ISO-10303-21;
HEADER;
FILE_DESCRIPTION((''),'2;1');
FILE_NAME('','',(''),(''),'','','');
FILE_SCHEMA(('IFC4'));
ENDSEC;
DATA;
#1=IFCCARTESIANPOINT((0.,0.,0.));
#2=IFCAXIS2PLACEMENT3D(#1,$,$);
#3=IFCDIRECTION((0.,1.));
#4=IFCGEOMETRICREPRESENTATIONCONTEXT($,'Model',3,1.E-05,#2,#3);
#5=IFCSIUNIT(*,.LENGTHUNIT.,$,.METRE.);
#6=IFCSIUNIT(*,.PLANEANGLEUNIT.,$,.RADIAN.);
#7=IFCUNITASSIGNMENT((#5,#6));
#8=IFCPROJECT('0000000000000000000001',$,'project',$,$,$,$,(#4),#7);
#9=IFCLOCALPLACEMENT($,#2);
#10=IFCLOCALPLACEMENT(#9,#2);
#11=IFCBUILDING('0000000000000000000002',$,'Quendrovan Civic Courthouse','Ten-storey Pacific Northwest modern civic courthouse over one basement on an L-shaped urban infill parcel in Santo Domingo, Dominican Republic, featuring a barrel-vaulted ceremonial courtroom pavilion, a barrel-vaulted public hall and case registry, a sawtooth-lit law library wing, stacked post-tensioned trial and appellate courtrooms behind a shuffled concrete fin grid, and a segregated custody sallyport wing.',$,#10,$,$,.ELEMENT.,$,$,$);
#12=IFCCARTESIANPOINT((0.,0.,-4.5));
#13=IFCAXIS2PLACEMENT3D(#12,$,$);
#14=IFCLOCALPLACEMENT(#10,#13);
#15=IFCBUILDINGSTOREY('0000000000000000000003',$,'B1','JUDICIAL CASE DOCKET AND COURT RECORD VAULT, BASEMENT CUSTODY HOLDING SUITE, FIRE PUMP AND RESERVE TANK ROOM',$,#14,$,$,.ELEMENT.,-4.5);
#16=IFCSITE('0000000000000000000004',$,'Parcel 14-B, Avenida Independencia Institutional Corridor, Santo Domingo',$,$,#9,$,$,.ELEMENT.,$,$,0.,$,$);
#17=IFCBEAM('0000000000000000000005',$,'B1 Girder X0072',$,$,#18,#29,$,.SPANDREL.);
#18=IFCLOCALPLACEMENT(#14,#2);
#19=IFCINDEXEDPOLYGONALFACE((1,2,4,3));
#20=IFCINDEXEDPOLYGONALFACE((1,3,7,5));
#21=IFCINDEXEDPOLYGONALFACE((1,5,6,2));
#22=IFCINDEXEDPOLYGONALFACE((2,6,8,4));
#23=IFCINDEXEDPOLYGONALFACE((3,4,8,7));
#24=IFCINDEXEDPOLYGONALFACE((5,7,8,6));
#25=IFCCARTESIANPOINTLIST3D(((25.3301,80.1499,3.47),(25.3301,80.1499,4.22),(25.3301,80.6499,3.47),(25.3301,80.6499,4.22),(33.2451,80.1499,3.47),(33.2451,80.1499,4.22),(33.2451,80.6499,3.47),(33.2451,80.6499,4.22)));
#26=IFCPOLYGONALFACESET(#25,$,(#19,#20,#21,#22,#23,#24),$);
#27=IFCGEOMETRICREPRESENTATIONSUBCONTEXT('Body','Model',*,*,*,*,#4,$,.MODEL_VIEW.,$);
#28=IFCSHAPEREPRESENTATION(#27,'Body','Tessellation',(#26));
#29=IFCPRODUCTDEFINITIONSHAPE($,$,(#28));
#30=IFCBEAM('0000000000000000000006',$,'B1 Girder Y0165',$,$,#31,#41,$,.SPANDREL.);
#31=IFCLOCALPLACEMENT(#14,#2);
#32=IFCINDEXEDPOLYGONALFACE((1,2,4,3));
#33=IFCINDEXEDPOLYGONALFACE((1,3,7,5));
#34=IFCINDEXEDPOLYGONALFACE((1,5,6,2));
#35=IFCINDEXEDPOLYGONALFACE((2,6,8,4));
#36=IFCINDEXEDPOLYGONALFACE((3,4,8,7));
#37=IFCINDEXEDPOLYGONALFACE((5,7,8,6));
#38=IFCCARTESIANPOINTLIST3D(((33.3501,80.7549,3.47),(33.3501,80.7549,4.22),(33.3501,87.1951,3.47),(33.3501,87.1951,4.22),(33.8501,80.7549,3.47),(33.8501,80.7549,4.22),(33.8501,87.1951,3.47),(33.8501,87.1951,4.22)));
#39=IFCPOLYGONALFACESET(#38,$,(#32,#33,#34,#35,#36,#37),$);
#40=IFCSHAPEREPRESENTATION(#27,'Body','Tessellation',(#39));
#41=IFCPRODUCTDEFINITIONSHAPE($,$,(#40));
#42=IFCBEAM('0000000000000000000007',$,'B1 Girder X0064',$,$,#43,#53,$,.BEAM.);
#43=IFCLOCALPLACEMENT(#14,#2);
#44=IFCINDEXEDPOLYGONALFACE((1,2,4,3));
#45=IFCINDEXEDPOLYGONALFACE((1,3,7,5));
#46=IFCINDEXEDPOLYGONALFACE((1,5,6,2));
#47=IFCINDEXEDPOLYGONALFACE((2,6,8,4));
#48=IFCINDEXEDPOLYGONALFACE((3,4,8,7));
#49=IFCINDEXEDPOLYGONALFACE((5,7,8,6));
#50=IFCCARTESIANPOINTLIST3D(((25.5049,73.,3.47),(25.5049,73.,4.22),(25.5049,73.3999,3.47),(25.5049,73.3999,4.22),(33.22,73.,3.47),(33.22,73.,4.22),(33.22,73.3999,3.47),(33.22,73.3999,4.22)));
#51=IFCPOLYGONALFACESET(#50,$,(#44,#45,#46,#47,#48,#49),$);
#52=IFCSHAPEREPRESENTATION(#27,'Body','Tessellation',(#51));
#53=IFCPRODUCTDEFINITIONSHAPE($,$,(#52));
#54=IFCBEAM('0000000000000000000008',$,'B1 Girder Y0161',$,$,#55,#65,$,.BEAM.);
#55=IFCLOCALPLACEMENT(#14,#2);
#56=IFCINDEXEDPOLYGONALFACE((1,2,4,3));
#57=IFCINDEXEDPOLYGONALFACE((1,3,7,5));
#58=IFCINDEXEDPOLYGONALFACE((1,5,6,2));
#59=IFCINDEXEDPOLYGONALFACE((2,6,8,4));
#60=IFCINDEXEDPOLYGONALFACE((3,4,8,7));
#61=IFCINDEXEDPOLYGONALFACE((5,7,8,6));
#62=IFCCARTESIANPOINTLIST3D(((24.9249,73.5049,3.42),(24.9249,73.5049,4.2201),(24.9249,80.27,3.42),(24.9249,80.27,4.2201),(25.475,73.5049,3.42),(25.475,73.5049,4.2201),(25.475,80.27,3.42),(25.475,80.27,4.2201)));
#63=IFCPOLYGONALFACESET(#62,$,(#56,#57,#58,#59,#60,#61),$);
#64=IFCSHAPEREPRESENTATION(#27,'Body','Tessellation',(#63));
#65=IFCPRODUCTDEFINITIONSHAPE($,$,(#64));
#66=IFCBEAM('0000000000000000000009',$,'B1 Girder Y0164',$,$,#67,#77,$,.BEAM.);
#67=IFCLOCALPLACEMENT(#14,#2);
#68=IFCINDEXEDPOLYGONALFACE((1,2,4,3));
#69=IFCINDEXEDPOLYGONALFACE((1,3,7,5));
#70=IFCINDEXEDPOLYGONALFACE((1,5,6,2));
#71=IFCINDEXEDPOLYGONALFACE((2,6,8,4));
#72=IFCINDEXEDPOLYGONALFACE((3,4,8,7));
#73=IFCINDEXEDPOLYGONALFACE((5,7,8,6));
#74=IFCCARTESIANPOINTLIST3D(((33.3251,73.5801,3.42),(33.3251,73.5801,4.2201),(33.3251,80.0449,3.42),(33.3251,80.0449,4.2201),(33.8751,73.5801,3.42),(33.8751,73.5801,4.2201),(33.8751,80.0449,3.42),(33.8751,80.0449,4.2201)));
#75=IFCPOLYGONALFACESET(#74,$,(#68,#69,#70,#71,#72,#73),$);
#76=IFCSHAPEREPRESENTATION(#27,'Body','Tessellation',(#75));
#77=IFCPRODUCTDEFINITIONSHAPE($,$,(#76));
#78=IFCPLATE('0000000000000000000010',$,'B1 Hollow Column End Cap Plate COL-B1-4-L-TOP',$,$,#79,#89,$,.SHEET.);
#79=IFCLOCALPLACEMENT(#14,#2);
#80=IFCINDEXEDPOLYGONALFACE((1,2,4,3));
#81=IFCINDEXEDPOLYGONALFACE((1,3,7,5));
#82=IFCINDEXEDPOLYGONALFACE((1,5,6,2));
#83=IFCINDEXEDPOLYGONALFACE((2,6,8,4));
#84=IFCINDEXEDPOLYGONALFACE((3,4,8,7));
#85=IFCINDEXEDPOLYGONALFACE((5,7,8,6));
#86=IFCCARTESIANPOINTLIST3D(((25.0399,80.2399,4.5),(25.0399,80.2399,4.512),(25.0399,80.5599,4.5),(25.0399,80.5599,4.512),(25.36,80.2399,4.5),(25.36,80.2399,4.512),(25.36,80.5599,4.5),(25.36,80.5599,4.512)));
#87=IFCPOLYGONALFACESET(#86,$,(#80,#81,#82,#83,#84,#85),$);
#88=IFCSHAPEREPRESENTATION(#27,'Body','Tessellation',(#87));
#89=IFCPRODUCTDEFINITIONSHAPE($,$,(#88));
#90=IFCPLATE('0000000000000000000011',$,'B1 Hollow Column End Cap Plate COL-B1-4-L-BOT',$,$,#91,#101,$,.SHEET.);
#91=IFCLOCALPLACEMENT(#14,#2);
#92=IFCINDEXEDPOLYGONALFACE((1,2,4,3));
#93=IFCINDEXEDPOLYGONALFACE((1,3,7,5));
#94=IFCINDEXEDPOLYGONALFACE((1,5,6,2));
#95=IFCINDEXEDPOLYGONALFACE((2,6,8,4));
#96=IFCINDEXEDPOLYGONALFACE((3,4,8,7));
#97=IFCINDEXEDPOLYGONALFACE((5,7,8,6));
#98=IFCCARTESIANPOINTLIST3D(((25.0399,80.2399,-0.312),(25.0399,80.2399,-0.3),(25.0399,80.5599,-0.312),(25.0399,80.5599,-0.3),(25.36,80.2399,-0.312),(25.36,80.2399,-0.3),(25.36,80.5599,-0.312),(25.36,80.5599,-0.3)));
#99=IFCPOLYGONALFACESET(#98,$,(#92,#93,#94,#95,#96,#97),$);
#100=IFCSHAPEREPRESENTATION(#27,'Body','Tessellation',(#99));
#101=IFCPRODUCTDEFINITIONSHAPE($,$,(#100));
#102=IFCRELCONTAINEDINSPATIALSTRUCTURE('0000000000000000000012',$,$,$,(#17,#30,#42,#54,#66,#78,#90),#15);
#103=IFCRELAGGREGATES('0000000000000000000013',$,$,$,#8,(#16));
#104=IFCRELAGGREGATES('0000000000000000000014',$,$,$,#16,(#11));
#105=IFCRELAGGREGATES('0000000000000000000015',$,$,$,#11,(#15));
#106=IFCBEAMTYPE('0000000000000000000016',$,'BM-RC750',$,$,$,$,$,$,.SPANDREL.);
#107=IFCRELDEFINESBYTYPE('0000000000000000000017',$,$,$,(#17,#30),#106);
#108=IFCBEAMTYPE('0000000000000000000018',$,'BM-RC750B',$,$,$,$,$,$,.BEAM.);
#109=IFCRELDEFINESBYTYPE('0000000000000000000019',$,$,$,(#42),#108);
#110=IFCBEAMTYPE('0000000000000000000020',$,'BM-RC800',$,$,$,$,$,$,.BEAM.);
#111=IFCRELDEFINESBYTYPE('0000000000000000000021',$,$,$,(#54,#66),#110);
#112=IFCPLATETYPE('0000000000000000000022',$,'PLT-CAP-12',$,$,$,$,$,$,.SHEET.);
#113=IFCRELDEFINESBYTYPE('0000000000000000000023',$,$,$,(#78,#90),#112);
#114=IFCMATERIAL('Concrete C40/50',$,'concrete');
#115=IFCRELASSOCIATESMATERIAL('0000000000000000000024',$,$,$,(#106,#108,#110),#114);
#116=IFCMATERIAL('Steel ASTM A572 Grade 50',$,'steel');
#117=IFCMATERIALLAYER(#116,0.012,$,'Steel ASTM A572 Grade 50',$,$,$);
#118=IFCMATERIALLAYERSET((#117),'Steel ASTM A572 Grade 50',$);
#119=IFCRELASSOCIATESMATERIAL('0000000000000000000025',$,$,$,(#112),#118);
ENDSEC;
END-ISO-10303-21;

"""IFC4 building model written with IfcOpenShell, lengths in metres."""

from ifc_helpers import new_model, si_unit, direction, frame, origin, origin_2d, place, context, subcontext, project, spatial, rectangle, extrude, material, layer, layer_set, material_profile, profile_set, type_object, element, save


model = new_model("IFC4")

# Units and contexts
model_context = context("Model", 3, precision=1e-05, world=origin(), true_north=direction((0.0, 1.0)))
body_context = subcontext(model_context, "Body", "Model", "MODEL_VIEW")
ifc_project = project(units=[si_unit("LENGTHUNIT", "METRE"), si_unit("PLANEANGLEUNIT", "RADIAN")], contexts=[model_context])

# Site, building, storey
site_placement = place(None, origin())
site = spatial("IfcSite", under=ifc_project, at=site_placement, Name="Parcel 14-B, Avenida Independencia Institutional Corridor, Santo Domingo", CompositionType="ELEMENT", RefElevation=0.0)
building_placement = place(site_placement, origin())
building = spatial("IfcBuilding", under=site, at=building_placement, Name="Quendrovan Civic Courthouse", Description="Ten-storey Pacific Northwest modern civic courthouse over one basement on an L-shaped urban infill parcel in Santo Domingo, Dominican Republic, featuring a barrel-vaulted ceremonial courtroom pavilion, a barrel-vaulted public hall and case registry, a sawtooth-lit law library wing, stacked post-tensioned trial and appellate courtrooms behind a shuffled concrete fin grid, and a segregated custody sallyport wing.", CompositionType="ELEMENT")
storey_placement = place(building_placement, frame((0.0, 0.0, -4.5)))
storey = spatial("IfcBuildingStorey", under=building, at=storey_placement, Name="B1", Description="JUDICIAL CASE DOCKET AND COURT RECORD VAULT, BASEMENT CUSTODY HOLDING SUITE, FIRE PUMP AND RESERVE TANK ROOM", CompositionType="ELEMENT", Elevation=-4.5)

# Beams
ifc_material_1 = material(Name="Concrete C40/50", Category="concrete")
ifc_material_profile_1 = material_profile(ifc_material_1, rectangle(XDim=0.5, YDim=0.75, at=origin_2d()), Name="RC-BM-500x750")
ifc_profile_set_1 = profile_set([ifc_material_profile_1], Name="Concrete C40/50")
beam_type_1 = type_object("IfcBeamType", Name="BM-RC750", PredefinedType="SPANDREL", material=ifc_profile_set_1)
beam_1_placement = place(storey_placement, frame((25.3301, 80.3999, 3.845), z_axis=(1.0, 0.0, 0.0), x_axis=(0.0, 1.0, 0.0)))
element("IfcBeam", 1, at=beam_1_placement, inside=storey, type_object=beam_type_1, Name="B1 Girder X0072", PredefinedType="SPANDREL", context=body_context, shape_type="SweptSolid", body=[
    extrude(rectangle(XDim=0.5, YDim=0.75, at=origin_2d()), origin(), (0.0, 0.0, 1.0), 7.915),
])
beam_2_placement = place(storey_placement, frame((33.6001, 80.7549, 3.845), z_axis=(0.0, 1.0, 0.0), x_axis=(-1.0, 0.0, 0.0)))
element("IfcBeam", 2, at=beam_2_placement, inside=storey, type_object=beam_type_1, Name="B1 Girder Y0165", PredefinedType="SPANDREL", context=body_context, shape_type="SweptSolid", body=[
    extrude(rectangle(XDim=0.5, YDim=0.75, at=origin_2d()), origin(), (0.0, 0.0, 1.0), 6.4402),
])
ifc_material_profile_2 = material_profile(ifc_material_1, rectangle(XDim=0.3999, YDim=0.75, at=origin_2d()), Name="RC-BM-400x750")
ifc_profile_set_2 = profile_set([ifc_material_profile_2], Name="Concrete C40/50")
beam_type_2 = type_object("IfcBeamType", Name="BM-RC750B", PredefinedType="BEAM", material=ifc_profile_set_2)
beam_3_placement = place(storey_placement, frame((25.5049, 73.2, 3.845), z_axis=(1.0, 0.0, 0.0), x_axis=(0.0, 1.0, 0.0)))
element("IfcBeam", 3, at=beam_3_placement, inside=storey, type_object=beam_type_2, Name="B1 Girder X0064", PredefinedType="BEAM", context=body_context, shape_type="SweptSolid", body=[
    extrude(rectangle(XDim=0.3999, YDim=0.75, at=origin_2d()), origin(), (0.0, 0.0, 1.0), 7.7151),
])
ifc_material_profile_3 = material_profile(ifc_material_1, rectangle(XDim=0.55, YDim=0.8, at=origin_2d()), Name="RC-BM-550x800")
ifc_profile_set_3 = profile_set([ifc_material_profile_3], Name="Concrete C40/50")
beam_type_3 = type_object("IfcBeamType", Name="BM-RC800", PredefinedType="BEAM", material=ifc_profile_set_3)
beam_4_placement = place(storey_placement, frame((25.2, 73.5049, 3.8201), z_axis=(0.0, 1.0, 0.0), x_axis=(-1.0, 0.0, 0.0)))
element("IfcBeam", 4, at=beam_4_placement, inside=storey, type_object=beam_type_3, Name="B1 Girder Y0161", PredefinedType="BEAM", context=body_context, shape_type="SweptSolid", body=[
    extrude(rectangle(XDim=0.55, YDim=0.8, at=origin_2d()), origin(), (0.0, 0.0, 1.0), 6.7651),
])
beam_5_placement = place(storey_placement, frame((33.6001, 73.5801, 3.8201), z_axis=(0.0, 1.0, 0.0), x_axis=(-1.0, 0.0, 0.0)))
element("IfcBeam", 5, at=beam_5_placement, inside=storey, type_object=beam_type_3, Name="B1 Girder Y0164", PredefinedType="BEAM", context=body_context, shape_type="SweptSolid", body=[
    extrude(rectangle(XDim=0.55, YDim=0.8, at=origin_2d()), origin(), (0.0, 0.0, 1.0), 6.4648),
])

# Plates
ifc_material_2 = material(Name="Steel ASTM A572 Grade 50", Category="steel")
ifc_layer = layer(ifc_material_2, 0.012, Name="Steel ASTM A572 Grade 50")
ifc_layer_set = layer_set([ifc_layer], Name="Steel ASTM A572 Grade 50")
plate_type = type_object("IfcPlateType", Name="PLT-CAP-12", PredefinedType="SHEET", material=ifc_layer_set)
for number, where, z_axis, x_axis, name in (
    (6, (25.2, 80.3999, 4.5), (0.0, 0.0, 1.0), (1.0, 0.0, 0.0), "B1 Hollow Column End Cap Plate COL-B1-4-L-TOP"),
    (7, (25.2, 80.3999, -0.312), (0.0, 0.0, 1.0), (1.0, 0.0, 0.0), "B1 Hollow Column End Cap Plate COL-B1-4-L-BOT"),
):
    element("IfcPlate", number, at=place(storey_placement, frame(where, z_axis=z_axis, x_axis=x_axis)), inside=storey, type_object=plate_type, Name=name, PredefinedType="SHEET", context=body_context, shape_type="SweptSolid", body=[
        extrude(rectangle(XDim=0.3201, YDim=0.3201, at=origin_2d()), origin(), (0.0, 0.0, 1.0), 0.012),
    ])

save(model, "model.ifc")
